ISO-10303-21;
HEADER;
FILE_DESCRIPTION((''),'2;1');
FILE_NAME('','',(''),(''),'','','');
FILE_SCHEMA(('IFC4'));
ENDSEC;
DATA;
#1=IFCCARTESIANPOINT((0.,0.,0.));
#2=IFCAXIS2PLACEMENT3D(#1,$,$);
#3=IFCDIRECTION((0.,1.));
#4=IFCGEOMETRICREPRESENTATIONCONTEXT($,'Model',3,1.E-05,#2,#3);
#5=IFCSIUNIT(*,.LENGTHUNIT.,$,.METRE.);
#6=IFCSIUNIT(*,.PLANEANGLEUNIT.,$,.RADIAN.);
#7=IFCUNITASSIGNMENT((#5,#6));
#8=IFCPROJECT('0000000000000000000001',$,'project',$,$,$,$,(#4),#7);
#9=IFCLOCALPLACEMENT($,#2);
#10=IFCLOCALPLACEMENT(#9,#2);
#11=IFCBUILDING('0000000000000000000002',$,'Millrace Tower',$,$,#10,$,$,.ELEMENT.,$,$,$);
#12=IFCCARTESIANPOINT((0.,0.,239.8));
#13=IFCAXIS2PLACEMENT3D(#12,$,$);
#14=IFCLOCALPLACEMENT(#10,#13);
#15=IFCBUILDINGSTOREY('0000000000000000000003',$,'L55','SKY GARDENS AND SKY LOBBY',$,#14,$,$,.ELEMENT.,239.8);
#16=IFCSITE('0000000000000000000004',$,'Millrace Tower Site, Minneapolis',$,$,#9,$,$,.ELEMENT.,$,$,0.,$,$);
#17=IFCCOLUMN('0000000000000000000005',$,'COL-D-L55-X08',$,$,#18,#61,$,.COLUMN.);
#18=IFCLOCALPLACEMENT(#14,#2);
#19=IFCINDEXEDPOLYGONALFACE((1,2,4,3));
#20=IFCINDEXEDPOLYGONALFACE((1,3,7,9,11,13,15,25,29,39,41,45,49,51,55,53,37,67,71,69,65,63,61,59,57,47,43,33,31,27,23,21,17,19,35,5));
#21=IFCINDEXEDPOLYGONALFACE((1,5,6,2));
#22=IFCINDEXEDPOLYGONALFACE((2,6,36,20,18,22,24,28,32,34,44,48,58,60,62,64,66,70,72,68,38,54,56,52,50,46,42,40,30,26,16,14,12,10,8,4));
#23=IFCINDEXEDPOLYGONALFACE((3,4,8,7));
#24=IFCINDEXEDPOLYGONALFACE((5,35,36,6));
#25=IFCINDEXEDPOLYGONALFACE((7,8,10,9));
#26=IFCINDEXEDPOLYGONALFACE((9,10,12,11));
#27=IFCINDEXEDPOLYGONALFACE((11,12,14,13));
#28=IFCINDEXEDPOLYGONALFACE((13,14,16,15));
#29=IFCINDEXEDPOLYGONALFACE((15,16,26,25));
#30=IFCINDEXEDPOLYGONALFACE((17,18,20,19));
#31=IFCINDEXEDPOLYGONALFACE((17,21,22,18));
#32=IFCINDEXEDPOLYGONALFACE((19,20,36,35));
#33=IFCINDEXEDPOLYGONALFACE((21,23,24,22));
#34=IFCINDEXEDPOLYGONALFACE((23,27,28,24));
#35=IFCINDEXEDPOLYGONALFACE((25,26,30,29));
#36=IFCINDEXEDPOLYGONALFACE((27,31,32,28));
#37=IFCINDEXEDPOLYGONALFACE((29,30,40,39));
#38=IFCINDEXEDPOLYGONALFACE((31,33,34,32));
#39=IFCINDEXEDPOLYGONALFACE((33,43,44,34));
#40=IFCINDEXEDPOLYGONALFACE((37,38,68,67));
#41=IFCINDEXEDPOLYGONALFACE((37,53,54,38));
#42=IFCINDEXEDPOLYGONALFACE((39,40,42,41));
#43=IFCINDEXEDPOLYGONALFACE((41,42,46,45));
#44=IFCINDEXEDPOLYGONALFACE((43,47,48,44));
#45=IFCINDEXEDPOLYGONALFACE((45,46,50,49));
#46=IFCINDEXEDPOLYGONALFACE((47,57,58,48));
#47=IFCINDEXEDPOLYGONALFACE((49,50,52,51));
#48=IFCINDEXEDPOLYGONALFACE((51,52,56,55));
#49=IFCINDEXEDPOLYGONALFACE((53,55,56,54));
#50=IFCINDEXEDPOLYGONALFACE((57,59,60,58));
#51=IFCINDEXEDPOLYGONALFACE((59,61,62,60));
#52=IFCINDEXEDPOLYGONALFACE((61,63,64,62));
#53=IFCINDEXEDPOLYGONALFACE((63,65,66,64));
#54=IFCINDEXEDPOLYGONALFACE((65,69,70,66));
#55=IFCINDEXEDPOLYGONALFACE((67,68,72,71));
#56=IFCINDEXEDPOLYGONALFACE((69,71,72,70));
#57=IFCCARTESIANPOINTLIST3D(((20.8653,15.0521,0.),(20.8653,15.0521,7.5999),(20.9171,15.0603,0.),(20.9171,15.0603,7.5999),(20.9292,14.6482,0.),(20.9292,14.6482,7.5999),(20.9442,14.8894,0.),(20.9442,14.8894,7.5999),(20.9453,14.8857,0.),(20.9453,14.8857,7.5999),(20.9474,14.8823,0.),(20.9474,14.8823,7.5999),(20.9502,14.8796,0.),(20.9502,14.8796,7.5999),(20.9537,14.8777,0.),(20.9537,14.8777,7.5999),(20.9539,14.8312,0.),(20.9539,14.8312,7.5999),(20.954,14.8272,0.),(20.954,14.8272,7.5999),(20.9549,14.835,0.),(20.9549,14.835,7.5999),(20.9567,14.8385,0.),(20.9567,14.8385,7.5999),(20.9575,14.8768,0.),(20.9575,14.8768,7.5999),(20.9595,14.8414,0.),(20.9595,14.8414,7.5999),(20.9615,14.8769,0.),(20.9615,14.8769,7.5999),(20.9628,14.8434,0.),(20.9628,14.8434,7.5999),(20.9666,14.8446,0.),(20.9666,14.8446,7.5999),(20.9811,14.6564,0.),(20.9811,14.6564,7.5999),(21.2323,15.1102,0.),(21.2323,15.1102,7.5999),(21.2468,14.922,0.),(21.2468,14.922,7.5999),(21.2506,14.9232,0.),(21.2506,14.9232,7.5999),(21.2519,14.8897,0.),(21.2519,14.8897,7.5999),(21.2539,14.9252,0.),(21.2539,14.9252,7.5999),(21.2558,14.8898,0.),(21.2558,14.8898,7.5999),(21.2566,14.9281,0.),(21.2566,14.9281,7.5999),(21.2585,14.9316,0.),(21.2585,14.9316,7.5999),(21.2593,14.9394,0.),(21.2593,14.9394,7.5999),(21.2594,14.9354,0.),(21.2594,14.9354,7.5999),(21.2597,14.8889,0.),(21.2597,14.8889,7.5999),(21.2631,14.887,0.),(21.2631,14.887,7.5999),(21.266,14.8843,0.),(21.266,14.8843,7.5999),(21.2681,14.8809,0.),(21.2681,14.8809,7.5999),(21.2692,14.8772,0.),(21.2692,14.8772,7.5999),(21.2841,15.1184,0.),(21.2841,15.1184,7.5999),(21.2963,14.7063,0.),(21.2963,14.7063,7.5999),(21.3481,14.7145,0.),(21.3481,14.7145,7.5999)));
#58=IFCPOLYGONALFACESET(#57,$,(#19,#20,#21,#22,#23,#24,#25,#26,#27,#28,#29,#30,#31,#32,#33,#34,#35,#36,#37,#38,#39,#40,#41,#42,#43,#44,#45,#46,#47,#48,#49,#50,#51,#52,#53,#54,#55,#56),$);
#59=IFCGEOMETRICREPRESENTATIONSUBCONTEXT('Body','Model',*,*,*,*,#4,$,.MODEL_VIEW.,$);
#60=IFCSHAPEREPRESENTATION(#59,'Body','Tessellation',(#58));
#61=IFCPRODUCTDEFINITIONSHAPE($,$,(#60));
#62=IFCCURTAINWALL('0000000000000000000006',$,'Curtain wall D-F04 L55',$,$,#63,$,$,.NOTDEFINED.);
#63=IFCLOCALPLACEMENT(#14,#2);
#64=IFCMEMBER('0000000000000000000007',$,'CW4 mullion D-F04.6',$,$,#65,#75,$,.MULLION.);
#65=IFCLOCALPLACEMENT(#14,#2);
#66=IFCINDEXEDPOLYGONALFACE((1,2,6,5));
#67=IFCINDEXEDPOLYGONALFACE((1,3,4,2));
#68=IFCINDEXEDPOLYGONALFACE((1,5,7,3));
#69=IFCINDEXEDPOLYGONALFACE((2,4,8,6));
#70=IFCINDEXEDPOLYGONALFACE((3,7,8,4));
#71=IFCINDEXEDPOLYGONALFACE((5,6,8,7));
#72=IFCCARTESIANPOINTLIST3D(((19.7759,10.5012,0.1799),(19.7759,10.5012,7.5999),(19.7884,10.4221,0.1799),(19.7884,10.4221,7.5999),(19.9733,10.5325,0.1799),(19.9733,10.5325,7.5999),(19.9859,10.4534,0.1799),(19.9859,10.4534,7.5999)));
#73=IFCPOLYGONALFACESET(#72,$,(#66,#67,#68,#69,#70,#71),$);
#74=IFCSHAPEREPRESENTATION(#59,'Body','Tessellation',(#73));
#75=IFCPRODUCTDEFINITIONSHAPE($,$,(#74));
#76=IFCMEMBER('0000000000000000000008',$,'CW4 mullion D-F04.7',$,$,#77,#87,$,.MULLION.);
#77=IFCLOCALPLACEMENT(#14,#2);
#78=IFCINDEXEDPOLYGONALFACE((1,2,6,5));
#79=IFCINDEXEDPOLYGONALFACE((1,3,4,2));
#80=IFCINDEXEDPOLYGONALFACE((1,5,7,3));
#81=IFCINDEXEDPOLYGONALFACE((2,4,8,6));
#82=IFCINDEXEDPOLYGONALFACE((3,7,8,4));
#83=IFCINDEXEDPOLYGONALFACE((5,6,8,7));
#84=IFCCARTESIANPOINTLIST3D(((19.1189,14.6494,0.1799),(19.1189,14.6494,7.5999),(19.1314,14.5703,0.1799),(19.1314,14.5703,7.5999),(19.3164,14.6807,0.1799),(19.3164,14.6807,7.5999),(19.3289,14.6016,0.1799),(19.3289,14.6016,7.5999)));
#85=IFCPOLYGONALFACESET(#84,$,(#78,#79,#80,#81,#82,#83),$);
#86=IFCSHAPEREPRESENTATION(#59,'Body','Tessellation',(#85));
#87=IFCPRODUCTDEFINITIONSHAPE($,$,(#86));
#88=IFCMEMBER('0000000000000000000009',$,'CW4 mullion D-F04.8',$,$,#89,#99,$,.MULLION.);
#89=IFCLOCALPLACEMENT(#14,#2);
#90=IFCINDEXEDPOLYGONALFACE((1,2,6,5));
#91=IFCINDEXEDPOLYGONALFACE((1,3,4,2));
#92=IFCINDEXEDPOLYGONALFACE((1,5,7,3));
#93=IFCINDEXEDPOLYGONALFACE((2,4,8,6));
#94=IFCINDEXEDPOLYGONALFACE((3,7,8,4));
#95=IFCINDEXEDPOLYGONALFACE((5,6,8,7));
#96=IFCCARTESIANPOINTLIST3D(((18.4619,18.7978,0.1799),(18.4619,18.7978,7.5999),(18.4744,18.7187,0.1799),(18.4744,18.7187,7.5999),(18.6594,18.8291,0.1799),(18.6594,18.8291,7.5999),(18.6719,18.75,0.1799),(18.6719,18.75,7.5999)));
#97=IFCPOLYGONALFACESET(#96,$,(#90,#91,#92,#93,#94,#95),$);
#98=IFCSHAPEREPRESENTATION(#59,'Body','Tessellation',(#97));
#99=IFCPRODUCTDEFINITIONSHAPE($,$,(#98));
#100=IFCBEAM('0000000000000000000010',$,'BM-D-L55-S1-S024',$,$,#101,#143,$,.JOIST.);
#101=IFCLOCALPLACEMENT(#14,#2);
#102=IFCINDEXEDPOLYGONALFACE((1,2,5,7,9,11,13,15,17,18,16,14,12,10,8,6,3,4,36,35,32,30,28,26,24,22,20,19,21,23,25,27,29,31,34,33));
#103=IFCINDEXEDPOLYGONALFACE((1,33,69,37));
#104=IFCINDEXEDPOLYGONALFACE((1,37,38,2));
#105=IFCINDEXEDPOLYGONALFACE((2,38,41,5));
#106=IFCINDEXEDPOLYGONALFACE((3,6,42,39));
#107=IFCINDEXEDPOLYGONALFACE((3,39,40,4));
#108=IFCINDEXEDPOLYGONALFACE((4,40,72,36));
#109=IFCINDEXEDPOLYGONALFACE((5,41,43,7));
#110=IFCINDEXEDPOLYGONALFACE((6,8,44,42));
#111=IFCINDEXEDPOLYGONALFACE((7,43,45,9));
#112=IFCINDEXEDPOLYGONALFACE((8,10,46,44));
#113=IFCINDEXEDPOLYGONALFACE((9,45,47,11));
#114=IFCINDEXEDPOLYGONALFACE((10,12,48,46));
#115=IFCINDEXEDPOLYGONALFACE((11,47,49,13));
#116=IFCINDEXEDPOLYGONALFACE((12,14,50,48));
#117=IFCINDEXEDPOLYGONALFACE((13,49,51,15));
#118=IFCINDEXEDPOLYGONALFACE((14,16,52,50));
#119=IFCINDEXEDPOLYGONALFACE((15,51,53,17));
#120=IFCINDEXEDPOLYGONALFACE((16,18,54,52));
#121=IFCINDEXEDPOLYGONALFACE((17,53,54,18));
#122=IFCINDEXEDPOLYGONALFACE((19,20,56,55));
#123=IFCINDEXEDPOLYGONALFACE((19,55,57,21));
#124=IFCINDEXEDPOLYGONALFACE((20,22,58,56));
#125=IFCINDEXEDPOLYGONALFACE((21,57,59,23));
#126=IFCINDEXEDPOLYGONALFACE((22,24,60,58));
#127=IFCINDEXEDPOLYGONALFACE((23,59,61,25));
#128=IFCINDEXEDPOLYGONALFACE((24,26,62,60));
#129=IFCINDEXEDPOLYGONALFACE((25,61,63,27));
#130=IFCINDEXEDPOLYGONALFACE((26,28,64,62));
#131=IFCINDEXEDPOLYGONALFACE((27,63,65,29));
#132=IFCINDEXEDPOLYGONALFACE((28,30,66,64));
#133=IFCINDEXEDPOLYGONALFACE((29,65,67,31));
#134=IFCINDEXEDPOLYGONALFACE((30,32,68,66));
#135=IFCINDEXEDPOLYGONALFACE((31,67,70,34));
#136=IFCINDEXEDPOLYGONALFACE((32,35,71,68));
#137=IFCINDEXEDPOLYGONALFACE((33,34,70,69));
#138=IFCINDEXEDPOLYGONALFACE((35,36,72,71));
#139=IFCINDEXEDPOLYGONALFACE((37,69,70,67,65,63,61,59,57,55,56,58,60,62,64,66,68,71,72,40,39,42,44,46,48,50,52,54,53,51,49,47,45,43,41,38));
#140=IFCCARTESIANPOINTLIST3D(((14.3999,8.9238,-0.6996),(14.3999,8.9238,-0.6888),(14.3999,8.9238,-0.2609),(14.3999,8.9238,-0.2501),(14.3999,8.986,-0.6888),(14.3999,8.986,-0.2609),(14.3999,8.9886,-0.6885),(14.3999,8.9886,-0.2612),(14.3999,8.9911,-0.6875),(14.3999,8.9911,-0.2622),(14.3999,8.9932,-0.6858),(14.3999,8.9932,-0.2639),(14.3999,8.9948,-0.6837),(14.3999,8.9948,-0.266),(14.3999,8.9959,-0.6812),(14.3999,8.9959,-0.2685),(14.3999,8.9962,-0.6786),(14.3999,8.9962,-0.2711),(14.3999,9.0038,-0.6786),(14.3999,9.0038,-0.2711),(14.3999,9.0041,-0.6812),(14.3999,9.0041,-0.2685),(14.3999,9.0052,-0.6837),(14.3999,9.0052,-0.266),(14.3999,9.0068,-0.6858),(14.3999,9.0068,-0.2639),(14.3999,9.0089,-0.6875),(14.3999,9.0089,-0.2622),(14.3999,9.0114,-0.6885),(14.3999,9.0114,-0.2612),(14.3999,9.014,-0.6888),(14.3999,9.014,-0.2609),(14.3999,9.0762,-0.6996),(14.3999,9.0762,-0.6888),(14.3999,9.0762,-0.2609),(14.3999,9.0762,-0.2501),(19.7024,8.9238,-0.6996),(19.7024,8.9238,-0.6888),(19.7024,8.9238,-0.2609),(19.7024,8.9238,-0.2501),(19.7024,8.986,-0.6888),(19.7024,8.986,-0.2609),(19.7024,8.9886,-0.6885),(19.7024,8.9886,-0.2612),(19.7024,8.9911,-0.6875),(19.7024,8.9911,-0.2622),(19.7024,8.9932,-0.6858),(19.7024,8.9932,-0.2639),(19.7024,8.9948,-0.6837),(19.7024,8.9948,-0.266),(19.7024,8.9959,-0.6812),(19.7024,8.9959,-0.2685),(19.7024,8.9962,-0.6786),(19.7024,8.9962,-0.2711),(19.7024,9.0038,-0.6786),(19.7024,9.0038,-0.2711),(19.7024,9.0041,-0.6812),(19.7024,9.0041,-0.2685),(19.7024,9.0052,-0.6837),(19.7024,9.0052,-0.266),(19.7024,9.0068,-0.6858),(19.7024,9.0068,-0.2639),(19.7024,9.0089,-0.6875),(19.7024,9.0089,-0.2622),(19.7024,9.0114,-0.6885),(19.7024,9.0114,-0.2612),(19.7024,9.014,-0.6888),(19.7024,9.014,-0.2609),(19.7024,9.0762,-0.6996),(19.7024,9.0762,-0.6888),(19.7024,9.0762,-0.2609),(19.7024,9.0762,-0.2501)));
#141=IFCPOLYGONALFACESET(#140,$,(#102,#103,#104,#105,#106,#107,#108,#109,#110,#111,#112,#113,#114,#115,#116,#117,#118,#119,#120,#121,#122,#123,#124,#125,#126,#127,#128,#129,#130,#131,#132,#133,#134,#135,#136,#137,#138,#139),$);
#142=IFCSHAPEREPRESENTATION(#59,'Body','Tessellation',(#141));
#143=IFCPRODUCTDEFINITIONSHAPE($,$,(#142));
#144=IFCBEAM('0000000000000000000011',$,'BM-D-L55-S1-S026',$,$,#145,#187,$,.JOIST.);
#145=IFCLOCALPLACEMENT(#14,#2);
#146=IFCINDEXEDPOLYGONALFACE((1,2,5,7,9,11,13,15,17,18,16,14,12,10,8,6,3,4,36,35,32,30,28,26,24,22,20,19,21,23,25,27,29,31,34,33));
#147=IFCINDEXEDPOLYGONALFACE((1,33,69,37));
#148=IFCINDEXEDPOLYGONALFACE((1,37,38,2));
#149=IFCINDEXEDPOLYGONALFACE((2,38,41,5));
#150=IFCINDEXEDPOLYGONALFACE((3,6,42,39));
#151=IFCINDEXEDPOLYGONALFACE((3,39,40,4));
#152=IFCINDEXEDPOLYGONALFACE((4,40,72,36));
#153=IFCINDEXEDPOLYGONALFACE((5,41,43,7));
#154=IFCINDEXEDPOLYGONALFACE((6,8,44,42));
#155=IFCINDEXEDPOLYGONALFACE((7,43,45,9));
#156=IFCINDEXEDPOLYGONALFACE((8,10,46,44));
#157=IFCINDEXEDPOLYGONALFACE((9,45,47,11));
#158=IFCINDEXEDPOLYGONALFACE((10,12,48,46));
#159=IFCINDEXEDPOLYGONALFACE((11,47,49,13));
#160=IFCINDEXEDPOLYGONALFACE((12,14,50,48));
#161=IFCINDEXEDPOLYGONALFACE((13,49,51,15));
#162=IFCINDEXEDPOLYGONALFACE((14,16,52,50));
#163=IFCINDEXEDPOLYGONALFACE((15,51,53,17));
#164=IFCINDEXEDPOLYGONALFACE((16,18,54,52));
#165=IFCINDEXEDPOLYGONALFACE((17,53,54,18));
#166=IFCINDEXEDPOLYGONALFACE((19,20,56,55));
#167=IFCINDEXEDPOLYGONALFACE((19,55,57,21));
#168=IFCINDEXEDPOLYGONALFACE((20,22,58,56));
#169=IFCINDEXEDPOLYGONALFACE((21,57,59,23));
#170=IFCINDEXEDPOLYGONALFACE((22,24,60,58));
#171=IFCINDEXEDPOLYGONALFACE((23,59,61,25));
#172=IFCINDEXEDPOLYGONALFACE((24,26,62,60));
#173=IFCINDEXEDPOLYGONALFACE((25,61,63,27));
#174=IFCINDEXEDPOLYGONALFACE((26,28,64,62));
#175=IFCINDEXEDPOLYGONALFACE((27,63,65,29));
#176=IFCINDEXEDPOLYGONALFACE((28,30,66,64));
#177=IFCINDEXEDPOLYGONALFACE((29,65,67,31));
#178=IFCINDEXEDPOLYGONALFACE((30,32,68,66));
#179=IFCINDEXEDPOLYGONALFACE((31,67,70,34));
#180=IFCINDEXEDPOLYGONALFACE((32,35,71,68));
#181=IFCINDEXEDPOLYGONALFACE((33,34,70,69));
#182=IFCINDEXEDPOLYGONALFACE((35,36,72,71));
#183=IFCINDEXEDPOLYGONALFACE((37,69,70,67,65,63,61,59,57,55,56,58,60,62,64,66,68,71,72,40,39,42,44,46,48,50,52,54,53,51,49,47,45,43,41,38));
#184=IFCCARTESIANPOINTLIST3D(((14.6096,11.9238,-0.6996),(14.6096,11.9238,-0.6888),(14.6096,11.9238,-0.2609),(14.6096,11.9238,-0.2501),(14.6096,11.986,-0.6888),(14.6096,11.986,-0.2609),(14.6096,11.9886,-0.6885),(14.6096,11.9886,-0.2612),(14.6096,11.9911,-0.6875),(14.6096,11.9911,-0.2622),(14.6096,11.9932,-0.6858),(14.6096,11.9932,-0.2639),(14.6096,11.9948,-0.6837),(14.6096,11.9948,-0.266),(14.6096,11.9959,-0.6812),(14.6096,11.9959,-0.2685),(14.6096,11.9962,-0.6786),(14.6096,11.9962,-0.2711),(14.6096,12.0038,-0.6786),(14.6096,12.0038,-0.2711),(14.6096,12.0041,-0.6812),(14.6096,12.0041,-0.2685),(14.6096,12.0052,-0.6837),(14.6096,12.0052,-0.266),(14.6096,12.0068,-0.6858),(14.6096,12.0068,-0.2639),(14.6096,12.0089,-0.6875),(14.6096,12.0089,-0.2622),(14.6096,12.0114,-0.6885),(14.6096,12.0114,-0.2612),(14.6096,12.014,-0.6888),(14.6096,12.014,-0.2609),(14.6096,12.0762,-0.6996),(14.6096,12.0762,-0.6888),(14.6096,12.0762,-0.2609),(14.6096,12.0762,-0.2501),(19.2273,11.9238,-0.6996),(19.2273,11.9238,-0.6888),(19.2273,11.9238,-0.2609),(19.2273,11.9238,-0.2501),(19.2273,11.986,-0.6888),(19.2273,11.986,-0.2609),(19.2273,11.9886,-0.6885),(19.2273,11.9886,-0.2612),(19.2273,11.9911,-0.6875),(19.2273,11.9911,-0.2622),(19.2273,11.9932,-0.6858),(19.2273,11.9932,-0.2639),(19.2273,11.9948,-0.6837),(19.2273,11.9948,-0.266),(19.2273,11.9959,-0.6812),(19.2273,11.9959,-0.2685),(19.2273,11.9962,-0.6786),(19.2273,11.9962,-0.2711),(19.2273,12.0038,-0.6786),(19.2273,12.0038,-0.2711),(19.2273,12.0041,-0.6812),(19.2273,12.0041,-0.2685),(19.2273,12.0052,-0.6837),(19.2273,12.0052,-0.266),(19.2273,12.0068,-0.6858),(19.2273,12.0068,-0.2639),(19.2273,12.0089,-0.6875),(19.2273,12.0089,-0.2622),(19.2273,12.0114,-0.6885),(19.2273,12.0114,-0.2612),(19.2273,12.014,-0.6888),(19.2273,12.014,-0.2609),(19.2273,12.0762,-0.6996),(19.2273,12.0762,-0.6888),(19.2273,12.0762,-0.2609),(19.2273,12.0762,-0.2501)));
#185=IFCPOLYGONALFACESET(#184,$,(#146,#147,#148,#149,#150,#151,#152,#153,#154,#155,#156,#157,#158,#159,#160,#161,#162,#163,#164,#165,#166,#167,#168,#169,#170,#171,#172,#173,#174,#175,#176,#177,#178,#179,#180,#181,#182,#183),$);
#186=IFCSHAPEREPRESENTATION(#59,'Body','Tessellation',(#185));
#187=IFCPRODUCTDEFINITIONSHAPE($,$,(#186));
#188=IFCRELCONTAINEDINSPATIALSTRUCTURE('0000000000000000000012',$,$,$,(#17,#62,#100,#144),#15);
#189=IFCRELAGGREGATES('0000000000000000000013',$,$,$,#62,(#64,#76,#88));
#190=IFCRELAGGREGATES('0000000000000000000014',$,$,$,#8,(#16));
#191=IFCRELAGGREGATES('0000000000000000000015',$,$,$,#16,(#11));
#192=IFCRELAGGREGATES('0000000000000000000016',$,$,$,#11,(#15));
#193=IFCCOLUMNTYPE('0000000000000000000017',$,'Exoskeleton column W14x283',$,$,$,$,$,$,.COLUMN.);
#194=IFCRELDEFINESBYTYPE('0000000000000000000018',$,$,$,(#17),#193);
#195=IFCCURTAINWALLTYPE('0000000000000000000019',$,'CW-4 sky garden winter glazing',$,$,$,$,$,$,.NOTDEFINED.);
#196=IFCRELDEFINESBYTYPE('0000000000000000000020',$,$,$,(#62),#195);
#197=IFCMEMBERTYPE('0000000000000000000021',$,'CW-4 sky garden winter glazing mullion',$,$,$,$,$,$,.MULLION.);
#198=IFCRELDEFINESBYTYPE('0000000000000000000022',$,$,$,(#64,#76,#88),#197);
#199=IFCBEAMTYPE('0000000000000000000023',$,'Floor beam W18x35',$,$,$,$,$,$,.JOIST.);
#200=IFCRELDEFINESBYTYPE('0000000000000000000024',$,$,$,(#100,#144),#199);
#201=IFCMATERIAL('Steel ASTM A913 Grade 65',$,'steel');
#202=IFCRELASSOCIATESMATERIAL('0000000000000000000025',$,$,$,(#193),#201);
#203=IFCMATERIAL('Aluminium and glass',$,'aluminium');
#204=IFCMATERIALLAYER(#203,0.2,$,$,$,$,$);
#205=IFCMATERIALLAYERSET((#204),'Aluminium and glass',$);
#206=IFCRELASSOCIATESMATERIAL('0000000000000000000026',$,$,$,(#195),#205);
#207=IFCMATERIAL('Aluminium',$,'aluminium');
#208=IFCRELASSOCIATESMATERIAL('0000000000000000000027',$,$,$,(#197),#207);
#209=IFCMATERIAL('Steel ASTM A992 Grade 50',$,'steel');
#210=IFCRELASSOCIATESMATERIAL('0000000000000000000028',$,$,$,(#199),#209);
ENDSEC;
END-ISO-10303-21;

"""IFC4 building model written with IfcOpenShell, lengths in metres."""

from ifc_helpers import new_model, si_unit, direction, frame, origin, origin_2d, place, context, subcontext, project, spatial, rectangle, i_section, extrude, material, layer, layer_set, material_profile, profile_set, type_object, element, aggregate, save


model = new_model("IFC4")

# Units and contexts
model_context = context("Model", 3, precision=1e-05, world=origin(), true_north=direction((0.0, 1.0)))
body_context = subcontext(model_context, "Body", "Model", "MODEL_VIEW")
ifc_project = project(units=[si_unit("LENGTHUNIT", "METRE"), si_unit("PLANEANGLEUNIT", "RADIAN")], contexts=[model_context])

# Site, building, storey
site_placement = place(None, origin())
site = spatial("IfcSite", under=ifc_project, at=site_placement, Name="Millrace Tower Site, Minneapolis", CompositionType="ELEMENT", RefElevation=0.0)
building_placement = place(site_placement, origin())
building = spatial("IfcBuilding", under=site, at=building_placement, Name="Millrace Tower", CompositionType="ELEMENT")
storey_placement = place(building_placement, frame((0.0, 0.0, 239.8)))
storey = spatial("IfcBuildingStorey", under=building, at=storey_placement, Name="L55", Description="SKY GARDENS AND SKY LOBBY", CompositionType="ELEMENT", Elevation=239.8)

# Column
ifc_material_1 = material(Name="Steel ASTM A913 Grade 65", Category="steel")
ifc_material_profile_1 = material_profile(ifc_material_1, i_section(OverallWidth=0.4089, OverallDepth=0.4241, WebThickness=0.0327, FlangeThickness=0.0525, FilletRadius=0.0151, at=origin_2d()))
ifc_profile_set_1 = profile_set([ifc_material_profile_1], Name="Steel ASTM A913 Grade 65")
column_type = type_object("IfcColumnType", Name="Exoskeleton column W14x283", PredefinedType="COLUMN", material=ifc_profile_set_1)
column_placement = place(storey_placement, frame((21.1067, 14.8833, 0.0), z_axis=(0.0, 0.0, 1.0), x_axis=(-0.156434, 0.987688, 0.0)))
element("IfcColumn", 1, at=column_placement, inside=storey, type_object=column_type, Name="COL-D-L55-X08", PredefinedType="COLUMN", context=body_context, shape_type="SweptSolid", body=[
    extrude(i_section(OverallWidth=0.4089, OverallDepth=0.4241, WebThickness=0.0327, FlangeThickness=0.0525, FilletRadius=0.0151, at=origin_2d()), origin(), (0.0, 0.0, 1.0), 7.5999),
])

# Curtain wall, members
ifc_material_2 = material(Name="Aluminium and glass", Category="aluminium")
ifc_layer_1 = layer(ifc_material_2, 0.2)
ifc_layer_set_1 = layer_set([ifc_layer_1], Name="Aluminium and glass")
curtain_wall_type = type_object("IfcCurtainWallType", Name="CW-4 sky garden winter glazing", PredefinedType="NOTDEFINED", material=ifc_layer_set_1)
curtain_wall_placement = place(storey_placement, origin())
curtain_wall = element("IfcCurtainWall", 2, at=curtain_wall_placement, inside=storey, type_object=curtain_wall_type, Name="Curtain wall D-F04 L55", PredefinedType="NOTDEFINED")
ifc_material_3 = material(Name="Aluminium", Category="aluminium")
ifc_material_profile_2 = material_profile(ifc_material_3, rectangle(XDim=0.0801, YDim=0.2, at=origin_2d()))
ifc_profile_set_2 = profile_set([ifc_material_profile_2], Name="Aluminium")
member_type = type_object("IfcMemberType", Name="CW-4 sky garden winter glazing mullion", PredefinedType="MULLION", material=ifc_profile_set_2)
member_1_placement = place(storey_placement, frame((19.8809, 10.4773, 0.1799), z_axis=(0.0, 0.0, 1.0), x_axis=(-0.156434, 0.987688, 0.0)))
member_1 = element("IfcMember", 3, at=member_1_placement, type_object=member_type, Name="CW4 mullion D-F04.6", PredefinedType="MULLION", context=body_context, shape_type="SweptSolid", body=[
    extrude(rectangle(XDim=0.0801, YDim=0.2, at=origin_2d()), origin(), (0.0, 0.0, 1.0), 7.4199),
])
member_2_placement = place(storey_placement, frame((19.2239, 14.6255, 0.1799), z_axis=(0.0, 0.0, 1.0), x_axis=(-0.156434, 0.987688, 0.0)))
member_2 = element("IfcMember", 4, at=member_2_placement, type_object=member_type, Name="CW4 mullion D-F04.7", PredefinedType="MULLION", context=body_context, shape_type="SweptSolid", body=[
    extrude(rectangle(XDim=0.0801, YDim=0.2, at=origin_2d()), origin(), (0.0, 0.0, 1.0), 7.4199),
])
member_3_placement = place(storey_placement, frame((18.5669, 18.7739, 0.1799), z_axis=(0.0, 0.0, 1.0), x_axis=(-0.156434, 0.987688, 0.0)))
member_3 = element("IfcMember", 5, at=member_3_placement, type_object=member_type, Name="CW4 mullion D-F04.8", PredefinedType="MULLION", context=body_context, shape_type="SweptSolid", body=[
    extrude(rectangle(XDim=0.0801, YDim=0.2, at=origin_2d()), origin(), (0.0, 0.0, 1.0), 7.4199),
])
aggregate(curtain_wall, [member_1, member_2, member_3])

# Beams
ifc_material_4 = material(Name="Steel ASTM A992 Grade 50", Category="steel")
ifc_material_profile_3 = material_profile(ifc_material_4, i_section(OverallWidth=0.1523, OverallDepth=0.4495, WebThickness=0.0076, FlangeThickness=0.0107, FilletRadius=0.0103, at=origin_2d()))
ifc_profile_set_3 = profile_set([ifc_material_profile_3], Name="Steel ASTM A992 Grade 50")
beam_type_1 = type_object("IfcBeamType", Name="Floor beam W18x35", PredefinedType="JOIST", material=ifc_profile_set_3)
beam_1_placement = place(storey_placement, frame((14.3999, 9.0, -0.4749), z_axis=(1.0, 0.0, 0.0), x_axis=(0.0, 1.0, 0.0)))
element("IfcBeam", 6, at=beam_1_placement, inside=storey, type_object=beam_type_1, Name="BM-D-L55-S1-S024", PredefinedType="JOIST", context=body_context, shape_type="SweptSolid", body=[
    extrude(i_section(OverallWidth=0.1523, OverallDepth=0.4495, WebThickness=0.0076, FlangeThickness=0.0107, FilletRadius=0.0103, at=origin_2d()), origin(), (0.0, 0.0, 1.0), 5.3025),
])
beam_2_placement = place(storey_placement, frame((14.6096, 12.0, -0.4749), z_axis=(1.0, 0.0, 0.0), x_axis=(0.0, 1.0, 0.0)))
element("IfcBeam", 7, at=beam_2_placement, inside=storey, type_object=beam_type_1, Name="BM-D-L55-S1-S026", PredefinedType="JOIST", context=body_context, shape_type="SweptSolid", body=[
    extrude(i_section(OverallWidth=0.1523, OverallDepth=0.4495, WebThickness=0.0076, FlangeThickness=0.0107, FilletRadius=0.0103, at=origin_2d()), origin(), (0.0, 0.0, 1.0), 4.6177),
])

save(model, "model.ifc")
